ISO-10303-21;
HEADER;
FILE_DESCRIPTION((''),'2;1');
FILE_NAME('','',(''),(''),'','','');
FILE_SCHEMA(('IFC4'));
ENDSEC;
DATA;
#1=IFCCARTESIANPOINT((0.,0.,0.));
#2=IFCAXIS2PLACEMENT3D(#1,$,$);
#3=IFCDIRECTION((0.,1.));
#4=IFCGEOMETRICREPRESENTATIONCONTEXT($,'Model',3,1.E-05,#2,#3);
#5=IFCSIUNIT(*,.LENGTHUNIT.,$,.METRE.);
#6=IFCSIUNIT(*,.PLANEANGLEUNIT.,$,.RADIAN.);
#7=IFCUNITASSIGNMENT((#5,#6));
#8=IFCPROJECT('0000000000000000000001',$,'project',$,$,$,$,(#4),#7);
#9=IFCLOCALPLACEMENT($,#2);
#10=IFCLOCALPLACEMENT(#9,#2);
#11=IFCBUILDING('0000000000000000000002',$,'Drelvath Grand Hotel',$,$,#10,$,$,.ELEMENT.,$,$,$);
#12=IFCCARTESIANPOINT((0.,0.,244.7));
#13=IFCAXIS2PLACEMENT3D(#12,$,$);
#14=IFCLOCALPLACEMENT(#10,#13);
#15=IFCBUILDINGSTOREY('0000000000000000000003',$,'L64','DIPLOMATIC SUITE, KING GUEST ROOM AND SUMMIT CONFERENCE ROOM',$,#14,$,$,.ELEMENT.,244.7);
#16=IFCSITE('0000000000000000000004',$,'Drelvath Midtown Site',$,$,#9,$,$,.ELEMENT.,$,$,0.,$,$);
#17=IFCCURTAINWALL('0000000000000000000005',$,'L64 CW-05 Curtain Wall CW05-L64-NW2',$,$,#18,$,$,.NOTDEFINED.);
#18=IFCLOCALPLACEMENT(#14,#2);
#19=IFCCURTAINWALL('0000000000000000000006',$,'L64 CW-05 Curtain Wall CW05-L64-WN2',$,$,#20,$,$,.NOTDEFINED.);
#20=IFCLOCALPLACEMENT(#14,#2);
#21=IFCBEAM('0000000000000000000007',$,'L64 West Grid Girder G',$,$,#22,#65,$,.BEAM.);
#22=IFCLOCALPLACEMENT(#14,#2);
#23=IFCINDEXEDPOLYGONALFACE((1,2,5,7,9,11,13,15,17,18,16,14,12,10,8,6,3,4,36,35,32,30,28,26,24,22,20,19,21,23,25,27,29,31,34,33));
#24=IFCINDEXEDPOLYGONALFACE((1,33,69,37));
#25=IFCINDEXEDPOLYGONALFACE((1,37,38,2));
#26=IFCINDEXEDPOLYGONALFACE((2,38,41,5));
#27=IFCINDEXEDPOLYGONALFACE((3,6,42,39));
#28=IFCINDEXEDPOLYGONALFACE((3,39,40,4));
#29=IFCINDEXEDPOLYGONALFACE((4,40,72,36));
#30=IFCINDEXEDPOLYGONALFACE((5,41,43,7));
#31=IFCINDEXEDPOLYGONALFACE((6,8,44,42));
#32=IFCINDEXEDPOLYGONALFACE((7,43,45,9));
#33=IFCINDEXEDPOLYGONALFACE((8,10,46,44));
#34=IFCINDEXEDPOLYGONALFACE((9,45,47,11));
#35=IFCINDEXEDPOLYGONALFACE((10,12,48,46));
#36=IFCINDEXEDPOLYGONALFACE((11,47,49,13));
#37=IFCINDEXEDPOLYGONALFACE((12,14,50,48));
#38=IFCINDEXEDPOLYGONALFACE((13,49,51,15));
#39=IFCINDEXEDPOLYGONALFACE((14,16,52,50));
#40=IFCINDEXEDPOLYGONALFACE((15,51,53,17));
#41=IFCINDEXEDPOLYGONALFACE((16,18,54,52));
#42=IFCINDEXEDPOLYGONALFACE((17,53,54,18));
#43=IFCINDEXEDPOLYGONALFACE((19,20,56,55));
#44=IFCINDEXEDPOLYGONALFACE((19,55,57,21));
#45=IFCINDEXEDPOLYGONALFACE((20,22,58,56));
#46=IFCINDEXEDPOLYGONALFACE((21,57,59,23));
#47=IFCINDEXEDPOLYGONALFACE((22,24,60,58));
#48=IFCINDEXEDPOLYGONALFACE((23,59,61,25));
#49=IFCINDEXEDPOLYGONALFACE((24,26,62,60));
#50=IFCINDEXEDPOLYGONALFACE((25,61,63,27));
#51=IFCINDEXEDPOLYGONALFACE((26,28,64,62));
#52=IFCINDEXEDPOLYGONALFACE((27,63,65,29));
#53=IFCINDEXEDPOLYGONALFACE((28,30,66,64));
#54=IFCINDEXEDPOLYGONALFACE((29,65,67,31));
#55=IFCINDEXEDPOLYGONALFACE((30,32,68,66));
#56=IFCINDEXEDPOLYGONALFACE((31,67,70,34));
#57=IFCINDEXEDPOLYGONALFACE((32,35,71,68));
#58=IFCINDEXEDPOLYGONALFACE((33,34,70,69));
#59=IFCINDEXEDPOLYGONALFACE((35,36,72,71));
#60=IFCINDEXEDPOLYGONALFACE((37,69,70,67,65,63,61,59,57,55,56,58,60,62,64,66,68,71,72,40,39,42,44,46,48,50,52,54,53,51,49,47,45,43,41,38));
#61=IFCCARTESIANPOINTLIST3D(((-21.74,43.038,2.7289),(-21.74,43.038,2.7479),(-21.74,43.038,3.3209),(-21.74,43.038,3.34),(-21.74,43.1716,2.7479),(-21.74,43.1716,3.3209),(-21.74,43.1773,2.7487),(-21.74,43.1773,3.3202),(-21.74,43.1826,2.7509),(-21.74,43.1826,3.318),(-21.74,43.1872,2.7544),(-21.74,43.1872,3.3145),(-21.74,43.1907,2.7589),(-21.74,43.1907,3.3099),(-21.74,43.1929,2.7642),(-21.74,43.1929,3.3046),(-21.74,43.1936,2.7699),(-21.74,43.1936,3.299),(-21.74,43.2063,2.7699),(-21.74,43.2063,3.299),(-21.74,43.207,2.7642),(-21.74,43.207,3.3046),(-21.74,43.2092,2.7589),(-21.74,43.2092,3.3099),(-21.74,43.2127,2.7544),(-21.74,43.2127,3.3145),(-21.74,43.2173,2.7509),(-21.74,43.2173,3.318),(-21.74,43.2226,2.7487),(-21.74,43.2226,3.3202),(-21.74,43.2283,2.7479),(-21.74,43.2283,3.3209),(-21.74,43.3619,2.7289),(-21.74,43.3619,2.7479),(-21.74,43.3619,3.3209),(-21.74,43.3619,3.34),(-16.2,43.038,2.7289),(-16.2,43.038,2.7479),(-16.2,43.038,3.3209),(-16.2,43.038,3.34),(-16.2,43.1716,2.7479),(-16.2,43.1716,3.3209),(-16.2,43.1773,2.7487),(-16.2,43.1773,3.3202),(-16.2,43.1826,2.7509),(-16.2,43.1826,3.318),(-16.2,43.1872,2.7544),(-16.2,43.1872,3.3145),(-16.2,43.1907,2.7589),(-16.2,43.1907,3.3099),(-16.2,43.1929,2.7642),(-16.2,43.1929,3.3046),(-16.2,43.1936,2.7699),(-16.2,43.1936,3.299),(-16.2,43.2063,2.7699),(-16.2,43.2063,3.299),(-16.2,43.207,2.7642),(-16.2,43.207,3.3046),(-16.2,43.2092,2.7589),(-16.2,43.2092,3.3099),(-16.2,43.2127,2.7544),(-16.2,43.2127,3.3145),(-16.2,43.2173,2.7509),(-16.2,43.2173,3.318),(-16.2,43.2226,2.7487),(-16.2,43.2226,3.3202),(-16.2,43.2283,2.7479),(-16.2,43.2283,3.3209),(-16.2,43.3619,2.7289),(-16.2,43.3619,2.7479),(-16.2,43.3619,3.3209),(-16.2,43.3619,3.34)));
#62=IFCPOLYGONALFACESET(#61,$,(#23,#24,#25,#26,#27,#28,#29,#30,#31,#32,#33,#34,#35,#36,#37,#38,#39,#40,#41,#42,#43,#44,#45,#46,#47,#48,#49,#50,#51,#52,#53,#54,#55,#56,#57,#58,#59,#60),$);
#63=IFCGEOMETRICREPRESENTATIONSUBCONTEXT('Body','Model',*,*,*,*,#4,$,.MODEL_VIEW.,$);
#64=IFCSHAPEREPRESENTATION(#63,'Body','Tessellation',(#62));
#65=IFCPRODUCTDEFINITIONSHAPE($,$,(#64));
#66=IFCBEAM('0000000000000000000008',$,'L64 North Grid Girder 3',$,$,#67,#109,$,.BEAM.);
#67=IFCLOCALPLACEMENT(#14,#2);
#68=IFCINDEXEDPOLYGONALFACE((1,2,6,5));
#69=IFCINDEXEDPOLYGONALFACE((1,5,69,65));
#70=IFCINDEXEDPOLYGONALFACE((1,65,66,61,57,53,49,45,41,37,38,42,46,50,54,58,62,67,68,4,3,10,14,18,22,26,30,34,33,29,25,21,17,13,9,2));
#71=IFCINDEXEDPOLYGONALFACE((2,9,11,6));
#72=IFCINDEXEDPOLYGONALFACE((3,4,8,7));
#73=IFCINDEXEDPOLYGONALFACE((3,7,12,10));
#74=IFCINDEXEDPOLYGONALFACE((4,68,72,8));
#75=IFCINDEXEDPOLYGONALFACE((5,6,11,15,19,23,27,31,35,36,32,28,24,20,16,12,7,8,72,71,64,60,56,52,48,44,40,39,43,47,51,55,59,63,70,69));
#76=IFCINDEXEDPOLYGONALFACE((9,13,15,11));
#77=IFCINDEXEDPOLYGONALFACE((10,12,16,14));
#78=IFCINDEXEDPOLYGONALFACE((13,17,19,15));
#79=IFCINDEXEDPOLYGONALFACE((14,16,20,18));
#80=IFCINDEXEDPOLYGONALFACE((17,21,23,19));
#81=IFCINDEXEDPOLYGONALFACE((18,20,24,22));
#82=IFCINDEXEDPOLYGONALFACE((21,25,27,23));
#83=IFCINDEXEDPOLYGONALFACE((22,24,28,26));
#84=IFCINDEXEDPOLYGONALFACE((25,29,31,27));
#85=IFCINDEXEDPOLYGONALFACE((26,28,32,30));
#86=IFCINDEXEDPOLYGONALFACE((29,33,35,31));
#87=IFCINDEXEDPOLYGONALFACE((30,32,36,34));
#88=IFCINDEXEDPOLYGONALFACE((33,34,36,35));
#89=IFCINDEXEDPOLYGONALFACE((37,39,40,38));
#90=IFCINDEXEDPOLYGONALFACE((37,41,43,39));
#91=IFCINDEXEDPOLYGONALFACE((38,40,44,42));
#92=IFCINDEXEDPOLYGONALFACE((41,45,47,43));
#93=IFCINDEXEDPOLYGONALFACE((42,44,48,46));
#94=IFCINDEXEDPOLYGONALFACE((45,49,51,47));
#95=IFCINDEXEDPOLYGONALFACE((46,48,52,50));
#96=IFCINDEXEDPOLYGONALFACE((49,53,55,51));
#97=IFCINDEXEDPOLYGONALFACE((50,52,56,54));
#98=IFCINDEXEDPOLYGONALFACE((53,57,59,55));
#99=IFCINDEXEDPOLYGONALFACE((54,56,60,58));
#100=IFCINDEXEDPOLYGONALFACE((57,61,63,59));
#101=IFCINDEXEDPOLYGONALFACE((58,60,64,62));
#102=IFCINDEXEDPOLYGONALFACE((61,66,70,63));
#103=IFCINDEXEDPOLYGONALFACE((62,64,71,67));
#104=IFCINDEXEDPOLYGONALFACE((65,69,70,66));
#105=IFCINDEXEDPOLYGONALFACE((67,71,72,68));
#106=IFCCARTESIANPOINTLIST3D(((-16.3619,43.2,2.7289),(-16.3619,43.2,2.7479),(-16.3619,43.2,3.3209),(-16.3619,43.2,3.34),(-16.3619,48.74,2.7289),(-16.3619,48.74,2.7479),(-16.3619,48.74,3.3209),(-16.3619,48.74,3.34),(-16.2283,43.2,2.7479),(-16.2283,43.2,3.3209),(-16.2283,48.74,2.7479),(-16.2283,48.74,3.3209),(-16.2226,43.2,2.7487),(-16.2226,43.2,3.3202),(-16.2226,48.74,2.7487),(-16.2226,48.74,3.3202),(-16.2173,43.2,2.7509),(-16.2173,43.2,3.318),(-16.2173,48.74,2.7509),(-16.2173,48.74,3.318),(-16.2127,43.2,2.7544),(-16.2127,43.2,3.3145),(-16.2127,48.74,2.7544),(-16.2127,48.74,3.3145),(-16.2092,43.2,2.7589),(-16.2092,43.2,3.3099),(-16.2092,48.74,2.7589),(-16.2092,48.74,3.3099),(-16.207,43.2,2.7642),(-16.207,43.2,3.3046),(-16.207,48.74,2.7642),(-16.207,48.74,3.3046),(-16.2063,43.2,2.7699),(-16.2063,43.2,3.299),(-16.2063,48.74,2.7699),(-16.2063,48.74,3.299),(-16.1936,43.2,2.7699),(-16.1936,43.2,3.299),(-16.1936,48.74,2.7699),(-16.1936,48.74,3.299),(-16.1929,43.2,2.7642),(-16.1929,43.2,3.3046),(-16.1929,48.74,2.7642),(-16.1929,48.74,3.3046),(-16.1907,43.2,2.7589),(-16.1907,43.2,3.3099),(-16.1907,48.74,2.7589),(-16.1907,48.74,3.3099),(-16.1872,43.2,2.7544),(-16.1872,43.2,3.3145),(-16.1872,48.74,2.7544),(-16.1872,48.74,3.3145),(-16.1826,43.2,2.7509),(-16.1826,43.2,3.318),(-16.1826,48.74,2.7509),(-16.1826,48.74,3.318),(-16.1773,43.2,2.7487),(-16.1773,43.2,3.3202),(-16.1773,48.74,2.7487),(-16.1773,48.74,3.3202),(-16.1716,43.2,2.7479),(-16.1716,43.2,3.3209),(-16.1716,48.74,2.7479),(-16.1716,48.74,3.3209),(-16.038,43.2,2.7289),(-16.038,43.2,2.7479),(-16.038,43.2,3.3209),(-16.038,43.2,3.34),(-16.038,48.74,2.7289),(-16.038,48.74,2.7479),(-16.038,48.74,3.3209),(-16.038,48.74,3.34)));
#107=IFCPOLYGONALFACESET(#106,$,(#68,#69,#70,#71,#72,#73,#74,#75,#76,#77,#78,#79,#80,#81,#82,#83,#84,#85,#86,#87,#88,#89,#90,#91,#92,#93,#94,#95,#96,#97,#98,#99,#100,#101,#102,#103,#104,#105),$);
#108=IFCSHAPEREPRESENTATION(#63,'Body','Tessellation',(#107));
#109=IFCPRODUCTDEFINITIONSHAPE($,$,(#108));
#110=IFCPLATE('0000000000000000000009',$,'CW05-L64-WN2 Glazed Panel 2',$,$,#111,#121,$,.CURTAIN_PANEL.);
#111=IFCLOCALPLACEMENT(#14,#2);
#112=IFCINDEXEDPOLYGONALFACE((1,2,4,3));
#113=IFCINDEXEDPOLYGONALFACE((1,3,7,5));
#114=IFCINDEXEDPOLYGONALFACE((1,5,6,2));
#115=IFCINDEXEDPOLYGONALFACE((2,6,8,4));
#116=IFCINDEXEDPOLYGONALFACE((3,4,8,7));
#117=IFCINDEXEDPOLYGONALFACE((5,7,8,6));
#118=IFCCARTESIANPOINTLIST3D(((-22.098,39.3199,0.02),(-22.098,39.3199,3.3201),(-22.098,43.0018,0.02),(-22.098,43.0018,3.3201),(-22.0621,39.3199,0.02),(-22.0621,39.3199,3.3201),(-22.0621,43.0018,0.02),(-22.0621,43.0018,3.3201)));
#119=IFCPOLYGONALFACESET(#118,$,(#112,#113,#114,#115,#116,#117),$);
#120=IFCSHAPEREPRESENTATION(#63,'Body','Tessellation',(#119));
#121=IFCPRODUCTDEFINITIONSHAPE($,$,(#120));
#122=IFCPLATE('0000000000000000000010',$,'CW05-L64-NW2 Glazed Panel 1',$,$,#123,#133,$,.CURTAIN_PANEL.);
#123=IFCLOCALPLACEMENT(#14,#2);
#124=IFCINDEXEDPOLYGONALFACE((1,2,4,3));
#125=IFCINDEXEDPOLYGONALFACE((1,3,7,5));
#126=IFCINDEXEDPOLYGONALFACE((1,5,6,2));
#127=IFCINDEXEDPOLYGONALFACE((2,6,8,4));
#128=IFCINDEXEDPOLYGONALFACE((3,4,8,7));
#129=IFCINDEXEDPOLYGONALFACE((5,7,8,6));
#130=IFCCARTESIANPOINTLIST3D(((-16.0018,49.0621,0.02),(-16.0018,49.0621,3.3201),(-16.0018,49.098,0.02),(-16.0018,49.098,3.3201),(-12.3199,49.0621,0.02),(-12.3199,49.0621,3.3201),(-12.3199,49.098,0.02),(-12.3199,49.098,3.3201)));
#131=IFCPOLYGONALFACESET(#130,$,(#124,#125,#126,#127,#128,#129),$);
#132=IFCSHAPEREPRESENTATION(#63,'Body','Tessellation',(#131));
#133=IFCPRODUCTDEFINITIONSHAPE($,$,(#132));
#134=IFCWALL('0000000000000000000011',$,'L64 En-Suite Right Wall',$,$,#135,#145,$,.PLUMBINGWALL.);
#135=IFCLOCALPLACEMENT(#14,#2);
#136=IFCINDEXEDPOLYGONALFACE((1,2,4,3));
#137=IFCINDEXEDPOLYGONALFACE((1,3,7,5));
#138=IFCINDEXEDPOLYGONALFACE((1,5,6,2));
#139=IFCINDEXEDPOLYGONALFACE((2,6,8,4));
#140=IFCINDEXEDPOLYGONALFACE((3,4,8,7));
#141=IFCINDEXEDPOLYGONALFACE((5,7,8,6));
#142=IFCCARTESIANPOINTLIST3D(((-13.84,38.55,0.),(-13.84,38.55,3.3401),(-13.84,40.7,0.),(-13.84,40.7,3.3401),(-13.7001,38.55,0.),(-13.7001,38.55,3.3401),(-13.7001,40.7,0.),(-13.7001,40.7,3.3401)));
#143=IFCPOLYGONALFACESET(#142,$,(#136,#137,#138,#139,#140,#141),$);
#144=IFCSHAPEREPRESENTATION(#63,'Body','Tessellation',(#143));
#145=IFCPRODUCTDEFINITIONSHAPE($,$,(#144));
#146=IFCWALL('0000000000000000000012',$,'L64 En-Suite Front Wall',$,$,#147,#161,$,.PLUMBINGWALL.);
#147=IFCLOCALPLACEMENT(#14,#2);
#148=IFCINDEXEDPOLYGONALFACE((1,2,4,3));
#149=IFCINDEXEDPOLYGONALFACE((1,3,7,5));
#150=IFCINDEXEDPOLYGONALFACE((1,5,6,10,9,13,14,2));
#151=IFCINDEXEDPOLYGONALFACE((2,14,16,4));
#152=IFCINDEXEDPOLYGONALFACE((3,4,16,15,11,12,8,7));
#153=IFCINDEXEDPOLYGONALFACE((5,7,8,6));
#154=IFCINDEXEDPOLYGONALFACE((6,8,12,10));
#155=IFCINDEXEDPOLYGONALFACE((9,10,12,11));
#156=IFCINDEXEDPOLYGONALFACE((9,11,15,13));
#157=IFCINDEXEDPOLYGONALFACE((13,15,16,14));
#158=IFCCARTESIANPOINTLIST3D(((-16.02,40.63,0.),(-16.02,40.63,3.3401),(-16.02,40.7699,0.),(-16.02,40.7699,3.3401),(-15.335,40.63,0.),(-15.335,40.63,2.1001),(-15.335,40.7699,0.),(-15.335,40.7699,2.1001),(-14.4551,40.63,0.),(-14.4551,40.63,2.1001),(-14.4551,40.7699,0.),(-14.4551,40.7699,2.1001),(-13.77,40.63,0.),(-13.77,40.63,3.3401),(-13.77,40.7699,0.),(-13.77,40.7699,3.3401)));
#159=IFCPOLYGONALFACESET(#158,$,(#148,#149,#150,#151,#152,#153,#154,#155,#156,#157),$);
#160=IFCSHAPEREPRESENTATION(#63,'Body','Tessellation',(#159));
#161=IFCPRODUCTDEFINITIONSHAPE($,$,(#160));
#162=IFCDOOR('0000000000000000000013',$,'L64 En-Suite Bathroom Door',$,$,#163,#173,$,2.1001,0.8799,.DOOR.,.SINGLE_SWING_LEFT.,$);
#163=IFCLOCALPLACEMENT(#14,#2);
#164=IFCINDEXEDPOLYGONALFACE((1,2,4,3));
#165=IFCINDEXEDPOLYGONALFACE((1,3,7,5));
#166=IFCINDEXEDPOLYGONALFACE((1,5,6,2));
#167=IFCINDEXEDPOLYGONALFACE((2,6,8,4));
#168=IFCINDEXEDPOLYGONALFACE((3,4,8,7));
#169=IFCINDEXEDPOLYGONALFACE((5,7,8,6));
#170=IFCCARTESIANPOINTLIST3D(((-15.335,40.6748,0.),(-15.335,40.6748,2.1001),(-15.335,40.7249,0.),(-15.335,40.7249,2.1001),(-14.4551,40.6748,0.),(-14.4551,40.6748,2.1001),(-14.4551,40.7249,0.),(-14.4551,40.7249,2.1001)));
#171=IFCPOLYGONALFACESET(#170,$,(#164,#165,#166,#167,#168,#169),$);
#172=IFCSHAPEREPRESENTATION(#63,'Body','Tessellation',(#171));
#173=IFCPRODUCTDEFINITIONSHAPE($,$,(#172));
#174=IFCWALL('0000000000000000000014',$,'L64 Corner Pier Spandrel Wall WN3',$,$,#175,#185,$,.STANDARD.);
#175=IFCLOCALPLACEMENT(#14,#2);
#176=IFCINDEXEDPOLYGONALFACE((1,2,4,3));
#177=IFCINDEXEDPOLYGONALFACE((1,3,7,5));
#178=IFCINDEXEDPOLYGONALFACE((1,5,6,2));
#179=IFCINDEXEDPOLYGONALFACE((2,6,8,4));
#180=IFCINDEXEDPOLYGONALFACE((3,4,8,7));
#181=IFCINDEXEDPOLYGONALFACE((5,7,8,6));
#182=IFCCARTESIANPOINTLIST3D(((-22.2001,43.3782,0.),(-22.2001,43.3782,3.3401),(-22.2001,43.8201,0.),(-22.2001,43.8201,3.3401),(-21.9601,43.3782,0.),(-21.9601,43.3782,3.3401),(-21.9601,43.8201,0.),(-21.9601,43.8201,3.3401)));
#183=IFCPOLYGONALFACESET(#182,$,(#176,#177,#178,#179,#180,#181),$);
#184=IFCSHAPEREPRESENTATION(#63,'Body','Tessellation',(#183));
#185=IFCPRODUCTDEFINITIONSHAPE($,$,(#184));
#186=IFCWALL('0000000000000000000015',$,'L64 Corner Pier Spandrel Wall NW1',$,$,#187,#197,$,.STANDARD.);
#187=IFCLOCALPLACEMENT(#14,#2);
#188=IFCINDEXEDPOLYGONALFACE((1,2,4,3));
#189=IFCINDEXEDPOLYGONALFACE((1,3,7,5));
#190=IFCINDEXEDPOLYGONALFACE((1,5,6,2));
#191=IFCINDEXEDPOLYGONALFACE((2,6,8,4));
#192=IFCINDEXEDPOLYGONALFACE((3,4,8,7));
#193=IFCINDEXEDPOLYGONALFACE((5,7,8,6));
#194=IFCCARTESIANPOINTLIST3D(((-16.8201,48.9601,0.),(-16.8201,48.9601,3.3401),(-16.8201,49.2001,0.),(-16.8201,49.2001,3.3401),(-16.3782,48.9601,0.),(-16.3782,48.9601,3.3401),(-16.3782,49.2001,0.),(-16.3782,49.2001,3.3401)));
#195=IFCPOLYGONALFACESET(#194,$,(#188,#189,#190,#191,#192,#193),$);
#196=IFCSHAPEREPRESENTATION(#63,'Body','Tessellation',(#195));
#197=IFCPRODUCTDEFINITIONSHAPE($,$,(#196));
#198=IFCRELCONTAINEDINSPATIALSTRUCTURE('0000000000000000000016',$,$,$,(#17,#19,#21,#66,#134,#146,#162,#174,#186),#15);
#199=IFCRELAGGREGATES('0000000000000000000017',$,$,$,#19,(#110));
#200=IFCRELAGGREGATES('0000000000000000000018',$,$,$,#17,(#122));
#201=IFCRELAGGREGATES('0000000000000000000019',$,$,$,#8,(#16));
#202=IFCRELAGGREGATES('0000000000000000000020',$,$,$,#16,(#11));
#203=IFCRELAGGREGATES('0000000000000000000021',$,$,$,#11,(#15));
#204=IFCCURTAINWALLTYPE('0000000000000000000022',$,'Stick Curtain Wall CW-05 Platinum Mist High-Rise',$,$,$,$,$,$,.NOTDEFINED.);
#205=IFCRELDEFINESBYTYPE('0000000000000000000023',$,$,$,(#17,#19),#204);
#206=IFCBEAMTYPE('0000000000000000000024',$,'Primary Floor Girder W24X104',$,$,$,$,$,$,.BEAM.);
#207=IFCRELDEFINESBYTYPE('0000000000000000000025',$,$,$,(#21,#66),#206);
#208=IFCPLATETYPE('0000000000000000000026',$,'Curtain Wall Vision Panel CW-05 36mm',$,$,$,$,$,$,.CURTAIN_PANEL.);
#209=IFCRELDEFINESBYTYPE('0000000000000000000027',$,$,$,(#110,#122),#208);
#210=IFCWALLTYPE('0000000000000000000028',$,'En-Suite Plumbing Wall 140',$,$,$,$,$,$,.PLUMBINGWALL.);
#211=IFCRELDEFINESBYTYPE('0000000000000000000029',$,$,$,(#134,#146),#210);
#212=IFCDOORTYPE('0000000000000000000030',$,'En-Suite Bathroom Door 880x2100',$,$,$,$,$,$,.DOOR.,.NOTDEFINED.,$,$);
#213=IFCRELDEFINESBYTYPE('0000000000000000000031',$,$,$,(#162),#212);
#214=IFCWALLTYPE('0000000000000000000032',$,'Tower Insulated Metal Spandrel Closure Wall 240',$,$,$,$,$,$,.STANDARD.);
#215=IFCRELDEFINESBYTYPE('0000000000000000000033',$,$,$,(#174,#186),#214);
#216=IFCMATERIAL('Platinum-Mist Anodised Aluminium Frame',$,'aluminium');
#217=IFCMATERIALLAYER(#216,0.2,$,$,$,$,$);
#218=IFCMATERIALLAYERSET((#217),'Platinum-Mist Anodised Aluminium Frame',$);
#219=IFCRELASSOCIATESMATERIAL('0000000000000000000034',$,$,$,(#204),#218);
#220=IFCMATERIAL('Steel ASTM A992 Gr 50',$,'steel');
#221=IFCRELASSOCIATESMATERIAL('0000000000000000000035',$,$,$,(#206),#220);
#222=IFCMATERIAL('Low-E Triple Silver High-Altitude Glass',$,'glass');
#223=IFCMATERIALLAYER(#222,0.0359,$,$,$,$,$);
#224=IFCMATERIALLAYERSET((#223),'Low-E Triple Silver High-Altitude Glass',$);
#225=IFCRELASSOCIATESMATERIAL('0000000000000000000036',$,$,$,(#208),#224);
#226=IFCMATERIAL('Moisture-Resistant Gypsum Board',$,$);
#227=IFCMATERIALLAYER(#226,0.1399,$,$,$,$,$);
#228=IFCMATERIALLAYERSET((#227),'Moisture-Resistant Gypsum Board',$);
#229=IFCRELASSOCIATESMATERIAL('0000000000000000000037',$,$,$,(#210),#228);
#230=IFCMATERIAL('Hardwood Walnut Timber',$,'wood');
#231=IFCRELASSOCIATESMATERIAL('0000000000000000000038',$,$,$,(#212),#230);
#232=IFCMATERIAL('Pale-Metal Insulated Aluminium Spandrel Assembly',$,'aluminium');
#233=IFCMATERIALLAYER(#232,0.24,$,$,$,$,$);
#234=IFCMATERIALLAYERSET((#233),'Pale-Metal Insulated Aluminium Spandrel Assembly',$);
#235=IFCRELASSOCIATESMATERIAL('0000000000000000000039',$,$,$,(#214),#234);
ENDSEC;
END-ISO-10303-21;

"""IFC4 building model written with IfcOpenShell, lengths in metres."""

from ifc_helpers import new_model, si_unit, direction, frame, frame_2d, origin, origin_2d, place, context, subcontext, project, spatial, rectangle, i_section, extrude, material, layer, layer_set, material_profile, profile_set, type_object, element, fill, aggregate, save


model = new_model("IFC4")

# Units and contexts
model_context = context("Model", 3, precision=1e-05, world=origin(), true_north=direction((0.0, 1.0)))
body_context = subcontext(model_context, "Body", "Model", "MODEL_VIEW")
ifc_project = project(units=[si_unit("LENGTHUNIT", "METRE"), si_unit("PLANEANGLEUNIT", "RADIAN")], contexts=[model_context])

# Site, building, storey
site_placement = place(None, origin())
site = spatial("IfcSite", under=ifc_project, at=site_placement, Name="Drelvath Midtown Site", CompositionType="ELEMENT", RefElevation=0.0)
building_placement = place(site_placement, origin())
building = spatial("IfcBuilding", under=site, at=building_placement, Name="Drelvath Grand Hotel", CompositionType="ELEMENT")
storey_placement = place(building_placement, frame((0.0, 0.0, 244.7)))
storey = spatial("IfcBuildingStorey", under=building, at=storey_placement, Name="L64", Description="DIPLOMATIC SUITE, KING GUEST ROOM AND SUMMIT CONFERENCE ROOM", CompositionType="ELEMENT", Elevation=244.7)

# Shared definitions
ifc_material_1 = material(Name="Steel ASTM A992 Gr 50", Category="steel")

# Curtain wall
ifc_material_2 = material(Name="Platinum-Mist Anodised Aluminium Frame", Category="aluminium")
ifc_layer_1 = layer(ifc_material_2, 0.2)
ifc_layer_set_1 = layer_set([ifc_layer_1], Name="Platinum-Mist Anodised Aluminium Frame")
curtain_wall_type = type_object("IfcCurtainWallType", Name="Stick Curtain Wall CW-05 Platinum Mist High-Rise", PredefinedType="NOTDEFINED", material=ifc_layer_set_1)
curtain_wall_1_placement = place(storey_placement, origin())
curtain_wall_1 = element("IfcCurtainWall", 1, at=curtain_wall_1_placement, inside=storey, type_object=curtain_wall_type, Name="L64 CW-05 Curtain Wall CW05-L64-NW2", PredefinedType="NOTDEFINED")

# Curtain wall
curtain_wall_2_placement = place(storey_placement, origin())
curtain_wall_2 = element("IfcCurtainWall", 2, at=curtain_wall_2_placement, inside=storey, type_object=curtain_wall_type, Name="L64 CW-05 Curtain Wall CW05-L64-WN2", PredefinedType="NOTDEFINED")

# Beams
ifc_material_profile_1 = material_profile(ifc_material_1, i_section(OverallWidth=0.324, OverallDepth=0.6111, WebThickness=0.0127, FlangeThickness=0.019, FilletRadius=0.022, at=origin_2d()), Name="W24X104")
ifc_profile_set_1 = profile_set([ifc_material_profile_1], Name="Steel ASTM A992 Gr 50")
beam_type_1 = type_object("IfcBeamType", Name="Primary Floor Girder W24X104", PredefinedType="BEAM", material=ifc_profile_set_1)
for number, where, z_axis, x_axis, name in (
    (3, (-21.74, 43.2, 3.0344), (1.0, 0.0, 0.0), (0.0, 1.0, 0.0), "L64 West Grid Girder G"),
    (4, (-16.2, 43.2, 3.0344), (0.0, 1.0, 0.0), (-1.0, 0.0, 0.0), "L64 North Grid Girder 3"),
):
    element("IfcBeam", number, at=place(storey_placement, frame(where, z_axis=z_axis, x_axis=x_axis)), inside=storey, type_object=beam_type_1, Name=name, PredefinedType="BEAM", context=body_context, shape_type="SweptSolid", body=[
        extrude(i_section(OverallWidth=0.324, OverallDepth=0.6111, WebThickness=0.0127, FlangeThickness=0.019, FilletRadius=0.022, at=origin_2d()), origin(), (0.0, 0.0, 1.0), 5.54),
    ])

# Plates
ifc_material_3 = material(Name="Low-E Triple Silver High-Altitude Glass", Category="glass")
ifc_layer_2 = layer(ifc_material_3, 0.0359)
ifc_layer_set_2 = layer_set([ifc_layer_2], Name="Low-E Triple Silver High-Altitude Glass")
plate_type = type_object("IfcPlateType", Name="Curtain Wall Vision Panel CW-05 36mm", PredefinedType="CURTAIN_PANEL", material=ifc_layer_set_2)
plate_1_placement = place(storey_placement, frame((-22.0801, 41.1609, 0.02), z_axis=(0.0, 0.0, 1.0), x_axis=(0.0, 1.0, 0.0)))
plate_1 = element("IfcPlate", 5, at=plate_1_placement, type_object=plate_type, Name="CW05-L64-WN2 Glazed Panel 2", PredefinedType="CURTAIN_PANEL", context=body_context, shape_type="SweptSolid", body=[
    extrude(rectangle(XDim=3.6819, YDim=0.0359, at=origin_2d()), origin(), (0.0, 0.0, 1.0), 3.3),
])
aggregate(curtain_wall_2, [plate_1])
plate_2_placement = place(storey_placement, frame((-14.1609, 49.0801, 0.02), z_axis=(0.0, 0.0, 1.0), x_axis=(1.0, 0.0, 0.0)))
plate_2 = element("IfcPlate", 6, at=plate_2_placement, type_object=plate_type, Name="CW05-L64-NW2 Glazed Panel 1", PredefinedType="CURTAIN_PANEL", context=body_context, shape_type="SweptSolid", body=[
    extrude(rectangle(XDim=3.6819, YDim=0.0359, at=origin_2d()), origin(), (0.0, 0.0, 1.0), 3.3),
])
aggregate(curtain_wall_1, [plate_2])

# Wall
ifc_material_4 = material(Name="Moisture-Resistant Gypsum Board")
ifc_layer_3 = layer(ifc_material_4, 0.1399)
ifc_layer_set_3 = layer_set([ifc_layer_3], Name="Moisture-Resistant Gypsum Board")
wall_type_1 = type_object("IfcWallType", Name="En-Suite Plumbing Wall 140", PredefinedType="PLUMBINGWALL", material=ifc_layer_set_3)
wall_1_placement = place(storey_placement, frame((-13.77, 38.55, 0.0), z_axis=(0.0, 0.0, 1.0), x_axis=(0.0, 1.0, 0.0)))
element("IfcWall", 7, at=wall_1_placement, inside=storey, type_object=wall_type_1, Name="L64 En-Suite Right Wall", PredefinedType="PLUMBINGWALL", context=body_context, shape_type="SweptSolid", body=[
    extrude(rectangle(XDim=2.1499, YDim=0.1399, at=frame_2d((1.075, 0.0))), origin(), (0.0, 0.0, 1.0), 3.3401),
])

# Wall, opening, door
wall_2_placement = place(storey_placement, frame((-16.02, 40.7, 0.0), z_axis=(0.0, 0.0, 1.0), x_axis=(1.0, 0.0, 0.0)))
wall_2 = element("IfcWall", 8, at=wall_2_placement, inside=storey, type_object=wall_type_1, Name="L64 En-Suite Front Wall", PredefinedType="PLUMBINGWALL", context=body_context, shape_type="SweptSolid", body=[
    extrude(rectangle(XDim=2.25, YDim=0.1399, at=frame_2d((1.125, 0.0))), origin(), (0.0, 0.0, 1.0), 3.3401),
])
opening_placement = place(wall_2_placement, frame((0.6851, 0.0, 0.0)))
opening = element("IfcOpeningElement", 9, at=opening_placement, cuts=wall_2, PredefinedType="OPENING", context=body_context, shape_type="SweptSolid", body=[
    extrude(rectangle(XDim=0.8799, YDim=2.1001, at=frame_2d((0.4399, 1.05))), frame((0.0, 0.0798, 0.0), z_axis=(0.0, -1.0, 0.0), x_axis=(1.0, 0.0, 0.0)), (0.0, 0.0, 1.0), 0.1599),
])
ifc_material_5 = material(Name="Hardwood Walnut Timber", Category="wood")
door_type = type_object("IfcDoorType", Name="En-Suite Bathroom Door 880x2100", OperationType="NOTDEFINED", PredefinedType="DOOR", material=ifc_material_5)
door_placement = place(opening_placement, origin())
door = element("IfcDoor", 10, at=door_placement, inside=storey, type_object=door_type, Name="L64 En-Suite Bathroom Door", OperationType="SINGLE_SWING_LEFT", OverallHeight=2.1001, OverallWidth=0.8799, PredefinedType="DOOR", context=body_context, shape_type="SweptSolid", body=[
    extrude(rectangle(XDim=0.8799, YDim=2.1001, at=frame_2d((0.4399, 1.05))), frame((0.0, 0.0249, 0.0), z_axis=(0.0, -1.0, 0.0), x_axis=(1.0, 0.0, 0.0)), (0.0, 0.0, 1.0), 0.05),
])
fill(opening, door)

# Walls
ifc_material_6 = material(Name="Pale-Metal Insulated Aluminium Spandrel Assembly", Category="aluminium")
ifc_layer_4 = layer(ifc_material_6, 0.24)
ifc_layer_set_4 = layer_set([ifc_layer_4], Name="Pale-Metal Insulated Aluminium Spandrel Assembly")
wall_type_2 = type_object("IfcWallType", Name="Tower Insulated Metal Spandrel Closure Wall 240", PredefinedType="STANDARD", material=ifc_layer_set_4)
for number, where, z_axis, x_axis, name in (
    (11, (-22.0801, 43.3782, 0.0), (0.0, 0.0, 1.0), (0.0, 1.0, 0.0), "L64 Corner Pier Spandrel Wall WN3"),
    (12, (-16.8201, 49.0801, 0.0), (0.0, 0.0, 1.0), (1.0, 0.0, 0.0), "L64 Corner Pier Spandrel Wall NW1"),
):
    element("IfcWall", number, at=place(storey_placement, frame(where, z_axis=z_axis, x_axis=x_axis)), inside=storey, type_object=wall_type_2, Name=name, PredefinedType="STANDARD", context=body_context, shape_type="SweptSolid", body=[
        extrude(rectangle(XDim=0.4419, YDim=0.24, at=frame_2d((0.2209, 0.0))), origin(), (0.0, 0.0, 1.0), 3.3401),
    ])

save(model, "model.ifc")
